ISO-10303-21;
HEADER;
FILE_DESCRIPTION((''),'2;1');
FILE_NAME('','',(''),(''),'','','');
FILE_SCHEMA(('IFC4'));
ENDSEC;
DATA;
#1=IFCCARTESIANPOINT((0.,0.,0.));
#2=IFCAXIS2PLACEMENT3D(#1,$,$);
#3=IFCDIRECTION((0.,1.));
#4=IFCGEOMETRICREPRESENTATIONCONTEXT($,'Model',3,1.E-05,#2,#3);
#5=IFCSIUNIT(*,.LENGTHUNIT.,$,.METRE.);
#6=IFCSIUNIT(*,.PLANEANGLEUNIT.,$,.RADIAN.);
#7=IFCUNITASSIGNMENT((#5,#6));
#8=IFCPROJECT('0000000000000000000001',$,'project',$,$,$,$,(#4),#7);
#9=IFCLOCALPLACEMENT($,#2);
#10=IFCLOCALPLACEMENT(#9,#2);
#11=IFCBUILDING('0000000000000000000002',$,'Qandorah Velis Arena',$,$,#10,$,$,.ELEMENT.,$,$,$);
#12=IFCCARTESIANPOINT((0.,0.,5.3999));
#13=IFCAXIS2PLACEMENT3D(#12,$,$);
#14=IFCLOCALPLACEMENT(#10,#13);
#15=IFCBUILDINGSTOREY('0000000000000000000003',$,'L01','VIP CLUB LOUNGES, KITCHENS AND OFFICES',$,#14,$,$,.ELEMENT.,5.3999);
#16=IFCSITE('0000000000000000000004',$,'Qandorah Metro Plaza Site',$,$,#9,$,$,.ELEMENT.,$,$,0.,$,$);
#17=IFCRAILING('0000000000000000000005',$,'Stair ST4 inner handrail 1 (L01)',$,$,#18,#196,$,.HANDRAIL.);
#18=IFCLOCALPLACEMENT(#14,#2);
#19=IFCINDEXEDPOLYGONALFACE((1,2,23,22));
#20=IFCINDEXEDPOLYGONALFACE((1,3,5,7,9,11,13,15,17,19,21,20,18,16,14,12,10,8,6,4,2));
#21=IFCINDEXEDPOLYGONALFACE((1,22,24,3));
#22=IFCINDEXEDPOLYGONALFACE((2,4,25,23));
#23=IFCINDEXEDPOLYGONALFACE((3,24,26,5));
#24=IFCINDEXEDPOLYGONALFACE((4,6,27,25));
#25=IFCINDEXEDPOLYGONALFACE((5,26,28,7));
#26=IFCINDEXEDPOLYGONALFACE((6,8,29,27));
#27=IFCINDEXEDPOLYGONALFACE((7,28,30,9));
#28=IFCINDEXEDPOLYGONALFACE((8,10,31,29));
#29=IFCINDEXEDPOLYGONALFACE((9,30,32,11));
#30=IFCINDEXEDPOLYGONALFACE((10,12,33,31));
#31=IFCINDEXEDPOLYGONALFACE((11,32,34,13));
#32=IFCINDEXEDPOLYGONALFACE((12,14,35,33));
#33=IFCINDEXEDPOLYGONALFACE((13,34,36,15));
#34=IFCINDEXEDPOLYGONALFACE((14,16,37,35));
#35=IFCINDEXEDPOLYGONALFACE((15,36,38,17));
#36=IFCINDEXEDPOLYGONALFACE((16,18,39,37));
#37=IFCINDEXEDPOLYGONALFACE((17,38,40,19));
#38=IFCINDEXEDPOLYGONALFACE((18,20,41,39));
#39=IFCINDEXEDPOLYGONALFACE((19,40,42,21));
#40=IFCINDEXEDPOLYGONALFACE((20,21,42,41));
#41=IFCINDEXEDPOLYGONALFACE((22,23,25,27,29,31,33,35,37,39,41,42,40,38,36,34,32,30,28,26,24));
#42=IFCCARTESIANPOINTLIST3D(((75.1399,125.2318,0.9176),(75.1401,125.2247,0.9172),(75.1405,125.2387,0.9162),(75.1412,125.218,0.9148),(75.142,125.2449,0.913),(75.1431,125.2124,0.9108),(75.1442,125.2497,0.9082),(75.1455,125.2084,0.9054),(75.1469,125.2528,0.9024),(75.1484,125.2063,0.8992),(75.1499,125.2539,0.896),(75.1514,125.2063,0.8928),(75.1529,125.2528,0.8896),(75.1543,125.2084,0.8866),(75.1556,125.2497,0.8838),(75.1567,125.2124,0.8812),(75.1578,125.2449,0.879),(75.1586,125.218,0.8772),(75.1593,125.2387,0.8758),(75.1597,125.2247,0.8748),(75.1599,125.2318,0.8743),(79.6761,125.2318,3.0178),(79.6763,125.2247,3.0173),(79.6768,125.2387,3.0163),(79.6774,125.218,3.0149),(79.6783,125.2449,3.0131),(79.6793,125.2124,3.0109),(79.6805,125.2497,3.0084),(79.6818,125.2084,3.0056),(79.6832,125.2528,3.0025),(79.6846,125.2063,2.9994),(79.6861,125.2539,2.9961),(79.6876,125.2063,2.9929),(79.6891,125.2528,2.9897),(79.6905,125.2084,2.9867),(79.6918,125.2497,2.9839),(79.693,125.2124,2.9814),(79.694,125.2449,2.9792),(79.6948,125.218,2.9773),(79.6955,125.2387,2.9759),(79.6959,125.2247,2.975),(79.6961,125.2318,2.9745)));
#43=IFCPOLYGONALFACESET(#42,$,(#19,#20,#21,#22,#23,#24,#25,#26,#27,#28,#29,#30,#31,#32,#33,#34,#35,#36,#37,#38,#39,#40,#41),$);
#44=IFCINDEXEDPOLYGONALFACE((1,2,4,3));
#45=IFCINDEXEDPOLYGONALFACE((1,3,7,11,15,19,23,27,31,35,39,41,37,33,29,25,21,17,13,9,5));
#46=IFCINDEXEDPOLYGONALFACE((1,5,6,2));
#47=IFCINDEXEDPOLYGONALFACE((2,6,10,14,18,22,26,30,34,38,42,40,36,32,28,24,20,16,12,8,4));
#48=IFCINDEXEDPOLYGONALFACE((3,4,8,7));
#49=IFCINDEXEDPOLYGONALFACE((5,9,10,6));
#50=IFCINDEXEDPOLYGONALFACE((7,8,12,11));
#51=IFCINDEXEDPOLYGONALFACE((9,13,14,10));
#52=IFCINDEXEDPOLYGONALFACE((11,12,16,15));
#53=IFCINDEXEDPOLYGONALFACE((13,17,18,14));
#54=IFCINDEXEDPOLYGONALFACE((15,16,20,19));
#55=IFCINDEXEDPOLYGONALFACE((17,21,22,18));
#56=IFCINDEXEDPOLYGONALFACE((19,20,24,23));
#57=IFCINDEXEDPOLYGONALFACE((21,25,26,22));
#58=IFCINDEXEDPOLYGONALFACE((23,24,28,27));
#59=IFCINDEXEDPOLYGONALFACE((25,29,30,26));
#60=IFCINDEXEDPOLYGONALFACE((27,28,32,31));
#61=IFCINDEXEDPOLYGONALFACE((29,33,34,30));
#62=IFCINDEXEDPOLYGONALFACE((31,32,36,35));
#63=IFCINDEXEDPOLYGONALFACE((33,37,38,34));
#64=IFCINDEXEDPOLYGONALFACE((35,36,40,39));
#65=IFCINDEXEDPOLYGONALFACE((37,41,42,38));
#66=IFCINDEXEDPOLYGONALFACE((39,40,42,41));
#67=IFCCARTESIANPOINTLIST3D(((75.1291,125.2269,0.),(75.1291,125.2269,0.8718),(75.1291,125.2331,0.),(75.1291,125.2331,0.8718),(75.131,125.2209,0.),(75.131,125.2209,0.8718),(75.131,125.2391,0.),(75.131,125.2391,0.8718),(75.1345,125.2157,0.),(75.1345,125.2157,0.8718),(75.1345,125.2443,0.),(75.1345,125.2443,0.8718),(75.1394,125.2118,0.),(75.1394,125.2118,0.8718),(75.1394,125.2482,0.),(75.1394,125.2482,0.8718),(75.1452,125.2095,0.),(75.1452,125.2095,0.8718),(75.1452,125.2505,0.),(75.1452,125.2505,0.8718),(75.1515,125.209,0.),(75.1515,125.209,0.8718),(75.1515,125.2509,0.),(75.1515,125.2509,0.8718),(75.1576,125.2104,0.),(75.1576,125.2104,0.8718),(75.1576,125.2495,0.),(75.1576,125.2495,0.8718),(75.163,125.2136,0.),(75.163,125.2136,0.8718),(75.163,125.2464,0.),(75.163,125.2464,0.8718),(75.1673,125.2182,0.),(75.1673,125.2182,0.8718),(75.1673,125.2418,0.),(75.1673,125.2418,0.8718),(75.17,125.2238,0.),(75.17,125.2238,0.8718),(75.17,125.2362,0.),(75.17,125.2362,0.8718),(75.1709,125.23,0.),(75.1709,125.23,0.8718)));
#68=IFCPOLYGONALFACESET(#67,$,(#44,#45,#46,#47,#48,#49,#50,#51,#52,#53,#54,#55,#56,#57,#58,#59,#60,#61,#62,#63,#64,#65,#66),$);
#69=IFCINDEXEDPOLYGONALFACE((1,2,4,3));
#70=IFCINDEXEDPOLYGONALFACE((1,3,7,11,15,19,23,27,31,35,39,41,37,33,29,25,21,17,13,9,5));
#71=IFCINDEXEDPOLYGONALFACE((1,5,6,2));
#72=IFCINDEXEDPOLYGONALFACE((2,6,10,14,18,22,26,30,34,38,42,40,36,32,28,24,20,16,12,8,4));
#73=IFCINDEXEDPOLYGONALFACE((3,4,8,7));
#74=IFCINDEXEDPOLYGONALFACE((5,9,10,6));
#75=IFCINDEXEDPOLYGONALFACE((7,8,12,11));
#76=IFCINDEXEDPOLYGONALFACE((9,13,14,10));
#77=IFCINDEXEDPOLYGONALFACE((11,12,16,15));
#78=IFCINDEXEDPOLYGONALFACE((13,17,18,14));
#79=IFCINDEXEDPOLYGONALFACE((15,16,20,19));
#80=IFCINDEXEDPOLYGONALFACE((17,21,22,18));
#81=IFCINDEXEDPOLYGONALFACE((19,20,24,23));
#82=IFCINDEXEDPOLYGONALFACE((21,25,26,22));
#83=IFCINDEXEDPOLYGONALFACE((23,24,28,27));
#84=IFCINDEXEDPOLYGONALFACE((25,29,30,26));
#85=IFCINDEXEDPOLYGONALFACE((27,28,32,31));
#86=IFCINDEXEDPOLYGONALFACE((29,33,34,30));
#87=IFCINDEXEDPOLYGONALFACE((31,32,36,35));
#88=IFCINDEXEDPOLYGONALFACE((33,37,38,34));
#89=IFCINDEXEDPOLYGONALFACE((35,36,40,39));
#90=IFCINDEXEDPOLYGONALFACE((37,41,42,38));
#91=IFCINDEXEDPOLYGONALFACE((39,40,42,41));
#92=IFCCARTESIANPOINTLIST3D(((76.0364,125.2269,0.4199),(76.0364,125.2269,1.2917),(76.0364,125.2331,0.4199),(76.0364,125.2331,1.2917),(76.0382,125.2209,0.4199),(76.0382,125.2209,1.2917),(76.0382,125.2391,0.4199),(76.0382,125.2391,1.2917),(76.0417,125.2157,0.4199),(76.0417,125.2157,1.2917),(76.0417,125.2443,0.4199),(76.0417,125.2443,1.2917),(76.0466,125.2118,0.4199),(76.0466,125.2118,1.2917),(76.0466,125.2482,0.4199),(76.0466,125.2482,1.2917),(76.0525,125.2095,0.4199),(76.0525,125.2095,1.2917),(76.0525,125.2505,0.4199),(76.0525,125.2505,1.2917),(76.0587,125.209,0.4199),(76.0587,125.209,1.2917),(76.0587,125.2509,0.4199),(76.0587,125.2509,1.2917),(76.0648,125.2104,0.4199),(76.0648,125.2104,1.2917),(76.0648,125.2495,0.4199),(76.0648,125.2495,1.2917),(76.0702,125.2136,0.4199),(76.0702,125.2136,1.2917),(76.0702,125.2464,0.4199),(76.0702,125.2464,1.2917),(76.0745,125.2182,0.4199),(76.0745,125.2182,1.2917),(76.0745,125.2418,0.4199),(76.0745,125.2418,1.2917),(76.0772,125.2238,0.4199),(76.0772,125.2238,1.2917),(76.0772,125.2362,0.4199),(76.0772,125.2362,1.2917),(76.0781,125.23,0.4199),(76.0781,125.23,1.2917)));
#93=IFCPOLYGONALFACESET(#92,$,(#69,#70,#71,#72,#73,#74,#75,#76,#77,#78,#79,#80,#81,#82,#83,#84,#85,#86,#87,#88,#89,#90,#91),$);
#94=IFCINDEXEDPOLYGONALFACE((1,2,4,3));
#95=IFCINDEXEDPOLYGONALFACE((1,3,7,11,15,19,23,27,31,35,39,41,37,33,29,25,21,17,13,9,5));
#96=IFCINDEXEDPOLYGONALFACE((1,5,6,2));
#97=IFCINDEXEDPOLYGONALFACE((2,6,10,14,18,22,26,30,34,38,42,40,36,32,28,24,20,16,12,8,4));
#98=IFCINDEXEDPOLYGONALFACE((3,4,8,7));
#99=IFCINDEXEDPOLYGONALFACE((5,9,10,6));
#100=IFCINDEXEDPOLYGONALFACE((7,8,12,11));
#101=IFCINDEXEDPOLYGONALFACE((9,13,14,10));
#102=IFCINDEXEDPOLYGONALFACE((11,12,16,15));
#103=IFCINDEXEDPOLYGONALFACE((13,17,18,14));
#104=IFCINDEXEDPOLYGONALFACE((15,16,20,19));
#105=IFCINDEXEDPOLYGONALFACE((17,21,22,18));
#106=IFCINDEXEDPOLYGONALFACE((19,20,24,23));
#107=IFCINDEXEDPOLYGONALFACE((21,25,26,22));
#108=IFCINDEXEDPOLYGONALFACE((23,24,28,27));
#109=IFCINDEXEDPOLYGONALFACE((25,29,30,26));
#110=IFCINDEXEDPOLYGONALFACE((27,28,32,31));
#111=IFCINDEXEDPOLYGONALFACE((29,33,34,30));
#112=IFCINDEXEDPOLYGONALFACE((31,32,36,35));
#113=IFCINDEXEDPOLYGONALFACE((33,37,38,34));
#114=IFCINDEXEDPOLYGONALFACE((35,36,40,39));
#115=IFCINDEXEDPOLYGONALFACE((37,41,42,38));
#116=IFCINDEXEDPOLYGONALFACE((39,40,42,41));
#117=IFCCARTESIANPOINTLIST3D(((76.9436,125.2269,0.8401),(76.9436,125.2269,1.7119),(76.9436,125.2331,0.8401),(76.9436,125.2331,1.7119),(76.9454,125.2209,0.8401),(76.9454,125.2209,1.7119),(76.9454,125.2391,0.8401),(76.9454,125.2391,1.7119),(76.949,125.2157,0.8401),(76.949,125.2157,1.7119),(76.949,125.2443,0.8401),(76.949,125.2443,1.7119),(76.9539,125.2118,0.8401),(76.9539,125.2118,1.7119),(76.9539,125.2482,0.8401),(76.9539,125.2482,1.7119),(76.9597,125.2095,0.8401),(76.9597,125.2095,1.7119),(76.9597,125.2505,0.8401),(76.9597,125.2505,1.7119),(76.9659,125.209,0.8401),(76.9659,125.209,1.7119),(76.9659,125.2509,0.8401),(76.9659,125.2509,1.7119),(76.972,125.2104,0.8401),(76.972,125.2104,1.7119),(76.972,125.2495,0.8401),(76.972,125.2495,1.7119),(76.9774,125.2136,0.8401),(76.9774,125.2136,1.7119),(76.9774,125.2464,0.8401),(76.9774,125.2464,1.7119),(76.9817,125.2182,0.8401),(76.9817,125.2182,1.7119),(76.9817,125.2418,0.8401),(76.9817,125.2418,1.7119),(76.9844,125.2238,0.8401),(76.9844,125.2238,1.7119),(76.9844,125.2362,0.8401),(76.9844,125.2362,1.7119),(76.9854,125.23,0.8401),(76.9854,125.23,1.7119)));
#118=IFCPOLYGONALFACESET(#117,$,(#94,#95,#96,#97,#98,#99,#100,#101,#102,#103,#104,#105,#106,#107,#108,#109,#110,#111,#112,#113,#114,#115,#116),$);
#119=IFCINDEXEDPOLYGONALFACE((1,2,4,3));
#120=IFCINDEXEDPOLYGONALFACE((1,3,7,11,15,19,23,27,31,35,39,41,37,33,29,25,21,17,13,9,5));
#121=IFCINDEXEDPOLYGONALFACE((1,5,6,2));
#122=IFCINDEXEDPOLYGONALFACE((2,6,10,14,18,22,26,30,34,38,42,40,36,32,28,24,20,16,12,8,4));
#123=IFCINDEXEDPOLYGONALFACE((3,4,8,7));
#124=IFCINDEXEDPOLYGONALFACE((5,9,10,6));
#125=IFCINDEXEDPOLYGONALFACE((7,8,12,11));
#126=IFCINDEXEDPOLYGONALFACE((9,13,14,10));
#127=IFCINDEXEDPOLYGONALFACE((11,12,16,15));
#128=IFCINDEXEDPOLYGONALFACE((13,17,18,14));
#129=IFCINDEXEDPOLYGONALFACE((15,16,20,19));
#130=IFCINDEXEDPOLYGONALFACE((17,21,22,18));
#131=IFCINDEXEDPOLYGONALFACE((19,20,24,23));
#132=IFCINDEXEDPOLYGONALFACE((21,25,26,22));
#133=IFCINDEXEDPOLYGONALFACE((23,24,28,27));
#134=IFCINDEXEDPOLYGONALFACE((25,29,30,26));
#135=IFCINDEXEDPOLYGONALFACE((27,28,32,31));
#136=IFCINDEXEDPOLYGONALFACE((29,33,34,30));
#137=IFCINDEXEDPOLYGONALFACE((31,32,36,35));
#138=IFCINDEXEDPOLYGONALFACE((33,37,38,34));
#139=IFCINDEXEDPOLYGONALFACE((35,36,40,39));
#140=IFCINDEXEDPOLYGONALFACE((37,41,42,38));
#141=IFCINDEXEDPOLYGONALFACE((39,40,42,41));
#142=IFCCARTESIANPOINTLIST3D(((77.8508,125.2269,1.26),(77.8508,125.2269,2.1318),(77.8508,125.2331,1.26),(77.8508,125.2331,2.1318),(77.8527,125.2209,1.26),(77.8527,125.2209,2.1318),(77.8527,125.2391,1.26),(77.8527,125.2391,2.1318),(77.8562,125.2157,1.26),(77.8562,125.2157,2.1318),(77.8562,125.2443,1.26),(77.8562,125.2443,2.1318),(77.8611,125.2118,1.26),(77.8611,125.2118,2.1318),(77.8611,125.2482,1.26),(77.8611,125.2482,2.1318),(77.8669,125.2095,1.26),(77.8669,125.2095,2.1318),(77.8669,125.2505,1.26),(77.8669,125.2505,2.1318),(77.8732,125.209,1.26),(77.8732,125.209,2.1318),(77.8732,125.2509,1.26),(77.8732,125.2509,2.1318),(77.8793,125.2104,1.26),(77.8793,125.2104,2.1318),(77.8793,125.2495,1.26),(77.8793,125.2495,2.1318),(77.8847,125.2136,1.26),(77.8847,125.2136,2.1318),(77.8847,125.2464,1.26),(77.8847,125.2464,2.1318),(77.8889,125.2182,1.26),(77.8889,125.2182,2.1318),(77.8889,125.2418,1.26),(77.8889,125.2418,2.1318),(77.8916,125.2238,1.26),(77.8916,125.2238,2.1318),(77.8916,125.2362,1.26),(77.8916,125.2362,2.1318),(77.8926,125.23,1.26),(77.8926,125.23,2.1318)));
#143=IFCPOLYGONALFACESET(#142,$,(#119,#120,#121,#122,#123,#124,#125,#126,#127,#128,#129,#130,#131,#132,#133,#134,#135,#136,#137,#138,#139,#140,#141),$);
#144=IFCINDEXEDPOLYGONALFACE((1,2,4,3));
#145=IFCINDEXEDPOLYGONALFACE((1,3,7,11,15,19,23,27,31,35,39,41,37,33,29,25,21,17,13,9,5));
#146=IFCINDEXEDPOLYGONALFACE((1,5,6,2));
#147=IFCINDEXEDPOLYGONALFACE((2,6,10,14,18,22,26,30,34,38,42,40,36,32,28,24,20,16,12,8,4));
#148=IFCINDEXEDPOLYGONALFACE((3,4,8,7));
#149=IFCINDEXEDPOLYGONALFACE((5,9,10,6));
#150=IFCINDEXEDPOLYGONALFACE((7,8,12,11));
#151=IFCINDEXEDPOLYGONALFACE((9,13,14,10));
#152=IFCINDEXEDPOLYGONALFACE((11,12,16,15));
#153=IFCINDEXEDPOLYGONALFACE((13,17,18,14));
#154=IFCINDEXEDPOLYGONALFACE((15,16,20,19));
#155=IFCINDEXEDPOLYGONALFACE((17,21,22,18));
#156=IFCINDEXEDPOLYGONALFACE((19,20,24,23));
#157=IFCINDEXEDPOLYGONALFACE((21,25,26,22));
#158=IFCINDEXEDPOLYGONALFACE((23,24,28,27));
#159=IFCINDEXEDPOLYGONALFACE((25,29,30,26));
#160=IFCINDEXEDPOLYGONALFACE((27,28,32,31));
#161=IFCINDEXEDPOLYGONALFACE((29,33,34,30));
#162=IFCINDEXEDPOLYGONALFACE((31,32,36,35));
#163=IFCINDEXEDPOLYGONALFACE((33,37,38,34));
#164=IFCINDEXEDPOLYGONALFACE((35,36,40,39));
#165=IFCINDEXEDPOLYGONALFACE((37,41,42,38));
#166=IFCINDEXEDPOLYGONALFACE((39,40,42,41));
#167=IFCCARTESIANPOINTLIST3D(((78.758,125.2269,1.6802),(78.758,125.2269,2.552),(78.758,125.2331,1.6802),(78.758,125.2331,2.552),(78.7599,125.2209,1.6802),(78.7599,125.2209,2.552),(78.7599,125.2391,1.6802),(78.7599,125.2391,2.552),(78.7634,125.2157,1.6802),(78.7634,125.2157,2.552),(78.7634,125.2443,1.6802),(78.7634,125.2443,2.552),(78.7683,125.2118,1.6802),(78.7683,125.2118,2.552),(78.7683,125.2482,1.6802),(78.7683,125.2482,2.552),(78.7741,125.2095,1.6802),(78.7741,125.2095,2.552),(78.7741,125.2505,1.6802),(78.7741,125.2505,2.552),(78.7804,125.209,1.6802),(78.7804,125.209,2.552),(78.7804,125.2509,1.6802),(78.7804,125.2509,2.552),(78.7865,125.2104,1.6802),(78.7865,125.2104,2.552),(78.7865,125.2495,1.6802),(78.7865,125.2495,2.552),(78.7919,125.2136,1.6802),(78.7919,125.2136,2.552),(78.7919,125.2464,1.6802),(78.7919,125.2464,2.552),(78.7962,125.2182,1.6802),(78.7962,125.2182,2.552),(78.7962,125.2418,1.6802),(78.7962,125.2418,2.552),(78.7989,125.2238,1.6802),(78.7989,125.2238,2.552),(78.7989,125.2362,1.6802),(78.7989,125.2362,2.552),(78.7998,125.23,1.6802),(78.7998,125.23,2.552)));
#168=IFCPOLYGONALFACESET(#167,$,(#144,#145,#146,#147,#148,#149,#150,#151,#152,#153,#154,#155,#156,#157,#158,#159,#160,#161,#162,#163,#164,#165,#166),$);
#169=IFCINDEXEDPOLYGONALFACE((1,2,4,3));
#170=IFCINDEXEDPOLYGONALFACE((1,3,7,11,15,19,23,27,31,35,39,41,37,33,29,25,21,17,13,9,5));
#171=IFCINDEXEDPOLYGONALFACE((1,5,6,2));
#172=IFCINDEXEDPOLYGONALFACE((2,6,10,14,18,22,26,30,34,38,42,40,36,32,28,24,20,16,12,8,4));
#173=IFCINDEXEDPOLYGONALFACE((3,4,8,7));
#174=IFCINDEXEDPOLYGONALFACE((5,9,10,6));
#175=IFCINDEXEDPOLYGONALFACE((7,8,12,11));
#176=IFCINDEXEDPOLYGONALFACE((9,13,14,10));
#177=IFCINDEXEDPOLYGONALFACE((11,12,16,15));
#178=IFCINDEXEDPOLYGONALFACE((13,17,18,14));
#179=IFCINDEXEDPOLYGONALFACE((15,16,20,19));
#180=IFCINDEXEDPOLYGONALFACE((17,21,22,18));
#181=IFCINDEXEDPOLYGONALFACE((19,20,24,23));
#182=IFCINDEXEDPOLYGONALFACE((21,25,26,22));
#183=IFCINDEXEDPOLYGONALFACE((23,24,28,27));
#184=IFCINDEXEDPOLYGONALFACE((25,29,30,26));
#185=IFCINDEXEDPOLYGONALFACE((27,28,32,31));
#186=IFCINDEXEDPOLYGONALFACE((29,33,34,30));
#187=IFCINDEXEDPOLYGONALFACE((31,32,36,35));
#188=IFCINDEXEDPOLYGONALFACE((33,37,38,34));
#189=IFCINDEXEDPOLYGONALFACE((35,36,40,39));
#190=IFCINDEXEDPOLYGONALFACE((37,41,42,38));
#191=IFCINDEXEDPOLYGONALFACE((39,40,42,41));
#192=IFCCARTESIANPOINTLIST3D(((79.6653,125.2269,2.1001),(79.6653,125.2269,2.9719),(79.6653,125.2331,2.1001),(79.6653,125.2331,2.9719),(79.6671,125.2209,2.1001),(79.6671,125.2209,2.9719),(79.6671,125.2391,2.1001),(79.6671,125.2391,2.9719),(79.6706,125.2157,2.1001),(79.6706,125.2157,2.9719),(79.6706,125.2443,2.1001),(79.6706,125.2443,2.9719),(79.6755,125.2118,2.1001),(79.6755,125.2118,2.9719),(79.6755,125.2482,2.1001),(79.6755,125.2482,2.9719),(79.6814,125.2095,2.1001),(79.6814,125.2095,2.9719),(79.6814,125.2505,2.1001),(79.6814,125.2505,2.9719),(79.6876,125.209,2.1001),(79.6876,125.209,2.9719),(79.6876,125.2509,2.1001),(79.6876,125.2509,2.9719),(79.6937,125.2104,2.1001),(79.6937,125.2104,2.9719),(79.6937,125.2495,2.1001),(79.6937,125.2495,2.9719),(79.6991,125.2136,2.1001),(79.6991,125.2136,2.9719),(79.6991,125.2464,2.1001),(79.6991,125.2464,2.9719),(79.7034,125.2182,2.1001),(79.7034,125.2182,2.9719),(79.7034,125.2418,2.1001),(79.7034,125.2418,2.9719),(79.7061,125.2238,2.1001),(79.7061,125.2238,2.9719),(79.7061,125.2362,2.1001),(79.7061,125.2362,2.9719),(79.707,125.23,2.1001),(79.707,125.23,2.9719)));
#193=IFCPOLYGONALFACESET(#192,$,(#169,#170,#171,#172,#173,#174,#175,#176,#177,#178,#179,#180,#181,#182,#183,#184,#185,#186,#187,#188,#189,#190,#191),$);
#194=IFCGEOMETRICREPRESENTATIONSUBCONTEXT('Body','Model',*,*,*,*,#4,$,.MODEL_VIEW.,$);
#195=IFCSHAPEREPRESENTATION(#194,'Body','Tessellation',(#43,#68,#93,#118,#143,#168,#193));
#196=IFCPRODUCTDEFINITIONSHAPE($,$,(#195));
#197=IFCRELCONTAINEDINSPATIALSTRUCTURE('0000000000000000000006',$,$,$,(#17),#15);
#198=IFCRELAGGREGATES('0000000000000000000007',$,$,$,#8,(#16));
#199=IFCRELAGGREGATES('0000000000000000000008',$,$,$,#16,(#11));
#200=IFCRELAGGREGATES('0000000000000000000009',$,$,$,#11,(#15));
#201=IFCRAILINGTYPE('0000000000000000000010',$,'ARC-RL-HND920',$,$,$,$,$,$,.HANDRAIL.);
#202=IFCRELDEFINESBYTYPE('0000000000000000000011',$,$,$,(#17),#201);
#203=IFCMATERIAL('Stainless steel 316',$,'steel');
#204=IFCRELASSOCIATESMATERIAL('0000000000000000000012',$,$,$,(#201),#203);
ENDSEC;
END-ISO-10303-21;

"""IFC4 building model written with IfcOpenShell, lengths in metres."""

from ifc_helpers import new_model, si_unit, direction, frame, origin, origin_2d, place, context, subcontext, project, spatial, circle, extrude, material, type_object, element, save


model = new_model("IFC4")

# Units and contexts
model_context = context("Model", 3, precision=1e-05, world=origin(), true_north=direction((0.0, 1.0)))
body_context = subcontext(model_context, "Body", "Model", "MODEL_VIEW")
ifc_project = project(units=[si_unit("LENGTHUNIT", "METRE"), si_unit("PLANEANGLEUNIT", "RADIAN")], contexts=[model_context])

# Site, building, storey
site_placement = place(None, origin())
site = spatial("IfcSite", under=ifc_project, at=site_placement, Name="Qandorah Metro Plaza Site", CompositionType="ELEMENT", RefElevation=0.0)
building_placement = place(site_placement, origin())
building = spatial("IfcBuilding", under=site, at=building_placement, Name="Qandorah Velis Arena", CompositionType="ELEMENT")
storey_placement = place(building_placement, frame((0.0, 0.0, 5.3999)))
storey = spatial("IfcBuildingStorey", under=building, at=storey_placement, Name="L01", Description="VIP CLUB LOUNGES, KITCHENS AND OFFICES", CompositionType="ELEMENT", Elevation=5.3999)

# Railing
ifc_material_1 = material(Name="Stainless steel 316", Category="steel")
railing_type_1 = type_object("IfcRailingType", Name="ARC-RL-HND920", PredefinedType="HANDRAIL", material=ifc_material_1)
railing_1_placement = place(storey_placement, frame((75.1499, 125.23, 0.0)))
element("IfcRailing", 1, at=railing_1_placement, inside=storey, type_object=railing_type_1, Name="Stair ST4 inner handrail 1 (L01)", PredefinedType="HANDRAIL", context=body_context, shape_type="SweptSolid", body=[
    extrude(circle(Radius=0.0239, at=origin_2d()), frame((0.0, 0.0, 0.896), z_axis=(0.907464, 0.0, 0.42013), x_axis=(0.0, 1.0, 0.0)), (0.0, 0.0, 1.0), 4.9988),
    extrude(circle(Radius=0.021, at=origin_2d()), origin(), (0.0, 0.0, 1.0), 0.8718),
    extrude(circle(Radius=0.021, at=origin_2d()), frame((0.9072, 0.0, 0.4199)), (0.0, 0.0, 1.0), 0.8718),
    extrude(circle(Radius=0.021, at=origin_2d()), frame((1.8145, 0.0, 0.8401)), (0.0, 0.0, 1.0), 0.8718),
    extrude(circle(Radius=0.021, at=origin_2d()), frame((2.7217, 0.0, 1.26)), (0.0, 0.0, 1.0), 0.8718),
    extrude(circle(Radius=0.021, at=origin_2d()), frame((3.6289, 0.0, 1.6802)), (0.0, 0.0, 1.0), 0.8718),
    extrude(circle(Radius=0.021, at=origin_2d()), frame((4.5361, 0.0, 2.1001)), (0.0, 0.0, 1.0), 0.8718),
])

save(model, "model.ifc")
